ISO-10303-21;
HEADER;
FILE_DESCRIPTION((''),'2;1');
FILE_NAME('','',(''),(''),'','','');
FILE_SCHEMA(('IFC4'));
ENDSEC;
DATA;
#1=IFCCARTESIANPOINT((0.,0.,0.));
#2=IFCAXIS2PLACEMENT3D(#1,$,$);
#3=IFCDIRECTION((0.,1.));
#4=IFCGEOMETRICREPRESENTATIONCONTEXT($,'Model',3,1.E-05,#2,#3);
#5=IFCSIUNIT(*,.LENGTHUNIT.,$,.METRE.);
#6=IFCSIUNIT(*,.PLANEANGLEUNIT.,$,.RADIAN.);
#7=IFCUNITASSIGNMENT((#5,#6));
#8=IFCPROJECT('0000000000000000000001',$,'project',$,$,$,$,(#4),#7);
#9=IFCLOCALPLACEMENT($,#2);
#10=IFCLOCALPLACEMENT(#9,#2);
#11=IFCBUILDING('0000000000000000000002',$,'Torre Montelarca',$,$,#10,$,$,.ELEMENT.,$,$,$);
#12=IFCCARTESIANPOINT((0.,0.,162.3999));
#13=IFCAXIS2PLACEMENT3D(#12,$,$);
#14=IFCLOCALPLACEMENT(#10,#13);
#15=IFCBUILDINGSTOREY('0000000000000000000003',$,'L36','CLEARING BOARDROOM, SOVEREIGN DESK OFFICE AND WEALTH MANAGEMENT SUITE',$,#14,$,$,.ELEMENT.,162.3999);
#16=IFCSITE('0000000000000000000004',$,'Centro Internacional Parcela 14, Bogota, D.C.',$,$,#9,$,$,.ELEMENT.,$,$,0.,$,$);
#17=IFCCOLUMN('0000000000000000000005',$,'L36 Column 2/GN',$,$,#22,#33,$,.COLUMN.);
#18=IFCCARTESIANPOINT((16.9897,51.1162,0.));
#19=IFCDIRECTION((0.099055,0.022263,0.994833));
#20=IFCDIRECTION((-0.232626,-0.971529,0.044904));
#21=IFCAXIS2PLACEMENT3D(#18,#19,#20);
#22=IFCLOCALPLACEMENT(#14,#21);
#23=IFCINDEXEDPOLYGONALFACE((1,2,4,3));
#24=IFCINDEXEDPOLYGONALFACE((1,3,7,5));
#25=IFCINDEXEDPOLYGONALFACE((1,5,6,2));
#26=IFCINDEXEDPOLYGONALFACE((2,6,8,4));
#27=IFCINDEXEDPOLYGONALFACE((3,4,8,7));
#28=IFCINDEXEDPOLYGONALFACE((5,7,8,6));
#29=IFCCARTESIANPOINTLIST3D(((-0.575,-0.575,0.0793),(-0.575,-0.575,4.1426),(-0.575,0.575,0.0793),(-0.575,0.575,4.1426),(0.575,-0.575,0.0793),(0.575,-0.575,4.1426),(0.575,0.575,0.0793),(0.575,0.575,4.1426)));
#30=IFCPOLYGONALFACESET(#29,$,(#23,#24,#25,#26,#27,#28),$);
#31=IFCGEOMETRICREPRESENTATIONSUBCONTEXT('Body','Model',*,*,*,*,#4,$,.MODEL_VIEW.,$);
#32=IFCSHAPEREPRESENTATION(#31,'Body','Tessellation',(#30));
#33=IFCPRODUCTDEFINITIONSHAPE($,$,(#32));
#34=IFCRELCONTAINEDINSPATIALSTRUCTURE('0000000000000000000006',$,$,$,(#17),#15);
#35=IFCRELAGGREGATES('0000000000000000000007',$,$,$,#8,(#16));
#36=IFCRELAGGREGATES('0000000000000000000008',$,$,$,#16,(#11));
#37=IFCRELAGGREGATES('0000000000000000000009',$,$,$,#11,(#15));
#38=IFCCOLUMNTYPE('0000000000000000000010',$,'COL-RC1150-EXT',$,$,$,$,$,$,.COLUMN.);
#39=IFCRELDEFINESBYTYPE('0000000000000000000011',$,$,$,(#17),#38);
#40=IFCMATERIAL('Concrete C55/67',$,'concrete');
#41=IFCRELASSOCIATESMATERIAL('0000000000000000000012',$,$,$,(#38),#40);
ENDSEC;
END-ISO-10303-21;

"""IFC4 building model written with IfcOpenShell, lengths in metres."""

from ifc_helpers import new_model, si_unit, direction, frame, origin, origin_2d, place, context, subcontext, project, spatial, rectangle, extrude, clip, halfspace, material, material_profile, profile_set, type_object, element, save


model = new_model("IFC4")

# Units and contexts
model_context = context("Model", 3, precision=1e-05, world=origin(), true_north=direction((0.0, 1.0)))
body_context = subcontext(model_context, "Body", "Model", "MODEL_VIEW")
ifc_project = project(units=[si_unit("LENGTHUNIT", "METRE"), si_unit("PLANEANGLEUNIT", "RADIAN")], contexts=[model_context])

# Site, building, storey
site_placement = place(None, origin())
site = spatial("IfcSite", under=ifc_project, at=site_placement, Name="Centro Internacional Parcela 14, Bogota, D.C.", CompositionType="ELEMENT", RefElevation=0.0)
building_placement = place(site_placement, origin())
building = spatial("IfcBuilding", under=site, at=building_placement, Name="Torre Montelarca", CompositionType="ELEMENT")
storey_placement = place(building_placement, frame((0.0, 0.0, 162.3999)))
storey = spatial("IfcBuildingStorey", under=building, at=storey_placement, Name="L36", Description="CLEARING BOARDROOM, SOVEREIGN DESK OFFICE AND WEALTH MANAGEMENT SUITE", CompositionType="ELEMENT", Elevation=162.3999)

# Column
ifc_material_1 = material(Name="Concrete C55/67", Category="concrete")
ifc_material_profile_1 = material_profile(ifc_material_1, rectangle(XDim=1.1499, YDim=1.1499, at=origin_2d()), Name="RC1150X1150", Category="concrete")
ifc_profile_set_1 = profile_set([ifc_material_profile_1], Name="Concrete C55/67")
column_type = type_object("IfcColumnType", Name="COL-RC1150-EXT", PredefinedType="COLUMN", material=ifc_profile_set_1)
column_placement = place(storey_placement, frame((16.9897, 51.1162, 0.0), z_axis=(0.099055, 0.022263, 0.994833), x_axis=(-0.232626, -0.971529, 0.044904)))
element("IfcColumn", 1, at=column_placement, inside=storey, type_object=column_type, Name="L36 Column 2/GN", PredefinedType="COLUMN", context=body_context, shape_type="Clipping", body=[
    clip(clip(extrude(rectangle(XDim=1.1499, YDim=1.1499, at=origin_2d()), origin(), (0.0, 0.0, 1.0), 4.2219), halfspace(frame((0.0, 0.0, 0.0793), z_axis=(0.0, 0.0, -1.0), x_axis=(1.0, 0.0, 0.0)), False)), halfspace(frame((0.0, 0.0, 4.1426), z_axis=(0.0, 0.0, 1.0), x_axis=(1.0, 0.0, 0.0)), False)),
])

save(model, "model.ifc")
